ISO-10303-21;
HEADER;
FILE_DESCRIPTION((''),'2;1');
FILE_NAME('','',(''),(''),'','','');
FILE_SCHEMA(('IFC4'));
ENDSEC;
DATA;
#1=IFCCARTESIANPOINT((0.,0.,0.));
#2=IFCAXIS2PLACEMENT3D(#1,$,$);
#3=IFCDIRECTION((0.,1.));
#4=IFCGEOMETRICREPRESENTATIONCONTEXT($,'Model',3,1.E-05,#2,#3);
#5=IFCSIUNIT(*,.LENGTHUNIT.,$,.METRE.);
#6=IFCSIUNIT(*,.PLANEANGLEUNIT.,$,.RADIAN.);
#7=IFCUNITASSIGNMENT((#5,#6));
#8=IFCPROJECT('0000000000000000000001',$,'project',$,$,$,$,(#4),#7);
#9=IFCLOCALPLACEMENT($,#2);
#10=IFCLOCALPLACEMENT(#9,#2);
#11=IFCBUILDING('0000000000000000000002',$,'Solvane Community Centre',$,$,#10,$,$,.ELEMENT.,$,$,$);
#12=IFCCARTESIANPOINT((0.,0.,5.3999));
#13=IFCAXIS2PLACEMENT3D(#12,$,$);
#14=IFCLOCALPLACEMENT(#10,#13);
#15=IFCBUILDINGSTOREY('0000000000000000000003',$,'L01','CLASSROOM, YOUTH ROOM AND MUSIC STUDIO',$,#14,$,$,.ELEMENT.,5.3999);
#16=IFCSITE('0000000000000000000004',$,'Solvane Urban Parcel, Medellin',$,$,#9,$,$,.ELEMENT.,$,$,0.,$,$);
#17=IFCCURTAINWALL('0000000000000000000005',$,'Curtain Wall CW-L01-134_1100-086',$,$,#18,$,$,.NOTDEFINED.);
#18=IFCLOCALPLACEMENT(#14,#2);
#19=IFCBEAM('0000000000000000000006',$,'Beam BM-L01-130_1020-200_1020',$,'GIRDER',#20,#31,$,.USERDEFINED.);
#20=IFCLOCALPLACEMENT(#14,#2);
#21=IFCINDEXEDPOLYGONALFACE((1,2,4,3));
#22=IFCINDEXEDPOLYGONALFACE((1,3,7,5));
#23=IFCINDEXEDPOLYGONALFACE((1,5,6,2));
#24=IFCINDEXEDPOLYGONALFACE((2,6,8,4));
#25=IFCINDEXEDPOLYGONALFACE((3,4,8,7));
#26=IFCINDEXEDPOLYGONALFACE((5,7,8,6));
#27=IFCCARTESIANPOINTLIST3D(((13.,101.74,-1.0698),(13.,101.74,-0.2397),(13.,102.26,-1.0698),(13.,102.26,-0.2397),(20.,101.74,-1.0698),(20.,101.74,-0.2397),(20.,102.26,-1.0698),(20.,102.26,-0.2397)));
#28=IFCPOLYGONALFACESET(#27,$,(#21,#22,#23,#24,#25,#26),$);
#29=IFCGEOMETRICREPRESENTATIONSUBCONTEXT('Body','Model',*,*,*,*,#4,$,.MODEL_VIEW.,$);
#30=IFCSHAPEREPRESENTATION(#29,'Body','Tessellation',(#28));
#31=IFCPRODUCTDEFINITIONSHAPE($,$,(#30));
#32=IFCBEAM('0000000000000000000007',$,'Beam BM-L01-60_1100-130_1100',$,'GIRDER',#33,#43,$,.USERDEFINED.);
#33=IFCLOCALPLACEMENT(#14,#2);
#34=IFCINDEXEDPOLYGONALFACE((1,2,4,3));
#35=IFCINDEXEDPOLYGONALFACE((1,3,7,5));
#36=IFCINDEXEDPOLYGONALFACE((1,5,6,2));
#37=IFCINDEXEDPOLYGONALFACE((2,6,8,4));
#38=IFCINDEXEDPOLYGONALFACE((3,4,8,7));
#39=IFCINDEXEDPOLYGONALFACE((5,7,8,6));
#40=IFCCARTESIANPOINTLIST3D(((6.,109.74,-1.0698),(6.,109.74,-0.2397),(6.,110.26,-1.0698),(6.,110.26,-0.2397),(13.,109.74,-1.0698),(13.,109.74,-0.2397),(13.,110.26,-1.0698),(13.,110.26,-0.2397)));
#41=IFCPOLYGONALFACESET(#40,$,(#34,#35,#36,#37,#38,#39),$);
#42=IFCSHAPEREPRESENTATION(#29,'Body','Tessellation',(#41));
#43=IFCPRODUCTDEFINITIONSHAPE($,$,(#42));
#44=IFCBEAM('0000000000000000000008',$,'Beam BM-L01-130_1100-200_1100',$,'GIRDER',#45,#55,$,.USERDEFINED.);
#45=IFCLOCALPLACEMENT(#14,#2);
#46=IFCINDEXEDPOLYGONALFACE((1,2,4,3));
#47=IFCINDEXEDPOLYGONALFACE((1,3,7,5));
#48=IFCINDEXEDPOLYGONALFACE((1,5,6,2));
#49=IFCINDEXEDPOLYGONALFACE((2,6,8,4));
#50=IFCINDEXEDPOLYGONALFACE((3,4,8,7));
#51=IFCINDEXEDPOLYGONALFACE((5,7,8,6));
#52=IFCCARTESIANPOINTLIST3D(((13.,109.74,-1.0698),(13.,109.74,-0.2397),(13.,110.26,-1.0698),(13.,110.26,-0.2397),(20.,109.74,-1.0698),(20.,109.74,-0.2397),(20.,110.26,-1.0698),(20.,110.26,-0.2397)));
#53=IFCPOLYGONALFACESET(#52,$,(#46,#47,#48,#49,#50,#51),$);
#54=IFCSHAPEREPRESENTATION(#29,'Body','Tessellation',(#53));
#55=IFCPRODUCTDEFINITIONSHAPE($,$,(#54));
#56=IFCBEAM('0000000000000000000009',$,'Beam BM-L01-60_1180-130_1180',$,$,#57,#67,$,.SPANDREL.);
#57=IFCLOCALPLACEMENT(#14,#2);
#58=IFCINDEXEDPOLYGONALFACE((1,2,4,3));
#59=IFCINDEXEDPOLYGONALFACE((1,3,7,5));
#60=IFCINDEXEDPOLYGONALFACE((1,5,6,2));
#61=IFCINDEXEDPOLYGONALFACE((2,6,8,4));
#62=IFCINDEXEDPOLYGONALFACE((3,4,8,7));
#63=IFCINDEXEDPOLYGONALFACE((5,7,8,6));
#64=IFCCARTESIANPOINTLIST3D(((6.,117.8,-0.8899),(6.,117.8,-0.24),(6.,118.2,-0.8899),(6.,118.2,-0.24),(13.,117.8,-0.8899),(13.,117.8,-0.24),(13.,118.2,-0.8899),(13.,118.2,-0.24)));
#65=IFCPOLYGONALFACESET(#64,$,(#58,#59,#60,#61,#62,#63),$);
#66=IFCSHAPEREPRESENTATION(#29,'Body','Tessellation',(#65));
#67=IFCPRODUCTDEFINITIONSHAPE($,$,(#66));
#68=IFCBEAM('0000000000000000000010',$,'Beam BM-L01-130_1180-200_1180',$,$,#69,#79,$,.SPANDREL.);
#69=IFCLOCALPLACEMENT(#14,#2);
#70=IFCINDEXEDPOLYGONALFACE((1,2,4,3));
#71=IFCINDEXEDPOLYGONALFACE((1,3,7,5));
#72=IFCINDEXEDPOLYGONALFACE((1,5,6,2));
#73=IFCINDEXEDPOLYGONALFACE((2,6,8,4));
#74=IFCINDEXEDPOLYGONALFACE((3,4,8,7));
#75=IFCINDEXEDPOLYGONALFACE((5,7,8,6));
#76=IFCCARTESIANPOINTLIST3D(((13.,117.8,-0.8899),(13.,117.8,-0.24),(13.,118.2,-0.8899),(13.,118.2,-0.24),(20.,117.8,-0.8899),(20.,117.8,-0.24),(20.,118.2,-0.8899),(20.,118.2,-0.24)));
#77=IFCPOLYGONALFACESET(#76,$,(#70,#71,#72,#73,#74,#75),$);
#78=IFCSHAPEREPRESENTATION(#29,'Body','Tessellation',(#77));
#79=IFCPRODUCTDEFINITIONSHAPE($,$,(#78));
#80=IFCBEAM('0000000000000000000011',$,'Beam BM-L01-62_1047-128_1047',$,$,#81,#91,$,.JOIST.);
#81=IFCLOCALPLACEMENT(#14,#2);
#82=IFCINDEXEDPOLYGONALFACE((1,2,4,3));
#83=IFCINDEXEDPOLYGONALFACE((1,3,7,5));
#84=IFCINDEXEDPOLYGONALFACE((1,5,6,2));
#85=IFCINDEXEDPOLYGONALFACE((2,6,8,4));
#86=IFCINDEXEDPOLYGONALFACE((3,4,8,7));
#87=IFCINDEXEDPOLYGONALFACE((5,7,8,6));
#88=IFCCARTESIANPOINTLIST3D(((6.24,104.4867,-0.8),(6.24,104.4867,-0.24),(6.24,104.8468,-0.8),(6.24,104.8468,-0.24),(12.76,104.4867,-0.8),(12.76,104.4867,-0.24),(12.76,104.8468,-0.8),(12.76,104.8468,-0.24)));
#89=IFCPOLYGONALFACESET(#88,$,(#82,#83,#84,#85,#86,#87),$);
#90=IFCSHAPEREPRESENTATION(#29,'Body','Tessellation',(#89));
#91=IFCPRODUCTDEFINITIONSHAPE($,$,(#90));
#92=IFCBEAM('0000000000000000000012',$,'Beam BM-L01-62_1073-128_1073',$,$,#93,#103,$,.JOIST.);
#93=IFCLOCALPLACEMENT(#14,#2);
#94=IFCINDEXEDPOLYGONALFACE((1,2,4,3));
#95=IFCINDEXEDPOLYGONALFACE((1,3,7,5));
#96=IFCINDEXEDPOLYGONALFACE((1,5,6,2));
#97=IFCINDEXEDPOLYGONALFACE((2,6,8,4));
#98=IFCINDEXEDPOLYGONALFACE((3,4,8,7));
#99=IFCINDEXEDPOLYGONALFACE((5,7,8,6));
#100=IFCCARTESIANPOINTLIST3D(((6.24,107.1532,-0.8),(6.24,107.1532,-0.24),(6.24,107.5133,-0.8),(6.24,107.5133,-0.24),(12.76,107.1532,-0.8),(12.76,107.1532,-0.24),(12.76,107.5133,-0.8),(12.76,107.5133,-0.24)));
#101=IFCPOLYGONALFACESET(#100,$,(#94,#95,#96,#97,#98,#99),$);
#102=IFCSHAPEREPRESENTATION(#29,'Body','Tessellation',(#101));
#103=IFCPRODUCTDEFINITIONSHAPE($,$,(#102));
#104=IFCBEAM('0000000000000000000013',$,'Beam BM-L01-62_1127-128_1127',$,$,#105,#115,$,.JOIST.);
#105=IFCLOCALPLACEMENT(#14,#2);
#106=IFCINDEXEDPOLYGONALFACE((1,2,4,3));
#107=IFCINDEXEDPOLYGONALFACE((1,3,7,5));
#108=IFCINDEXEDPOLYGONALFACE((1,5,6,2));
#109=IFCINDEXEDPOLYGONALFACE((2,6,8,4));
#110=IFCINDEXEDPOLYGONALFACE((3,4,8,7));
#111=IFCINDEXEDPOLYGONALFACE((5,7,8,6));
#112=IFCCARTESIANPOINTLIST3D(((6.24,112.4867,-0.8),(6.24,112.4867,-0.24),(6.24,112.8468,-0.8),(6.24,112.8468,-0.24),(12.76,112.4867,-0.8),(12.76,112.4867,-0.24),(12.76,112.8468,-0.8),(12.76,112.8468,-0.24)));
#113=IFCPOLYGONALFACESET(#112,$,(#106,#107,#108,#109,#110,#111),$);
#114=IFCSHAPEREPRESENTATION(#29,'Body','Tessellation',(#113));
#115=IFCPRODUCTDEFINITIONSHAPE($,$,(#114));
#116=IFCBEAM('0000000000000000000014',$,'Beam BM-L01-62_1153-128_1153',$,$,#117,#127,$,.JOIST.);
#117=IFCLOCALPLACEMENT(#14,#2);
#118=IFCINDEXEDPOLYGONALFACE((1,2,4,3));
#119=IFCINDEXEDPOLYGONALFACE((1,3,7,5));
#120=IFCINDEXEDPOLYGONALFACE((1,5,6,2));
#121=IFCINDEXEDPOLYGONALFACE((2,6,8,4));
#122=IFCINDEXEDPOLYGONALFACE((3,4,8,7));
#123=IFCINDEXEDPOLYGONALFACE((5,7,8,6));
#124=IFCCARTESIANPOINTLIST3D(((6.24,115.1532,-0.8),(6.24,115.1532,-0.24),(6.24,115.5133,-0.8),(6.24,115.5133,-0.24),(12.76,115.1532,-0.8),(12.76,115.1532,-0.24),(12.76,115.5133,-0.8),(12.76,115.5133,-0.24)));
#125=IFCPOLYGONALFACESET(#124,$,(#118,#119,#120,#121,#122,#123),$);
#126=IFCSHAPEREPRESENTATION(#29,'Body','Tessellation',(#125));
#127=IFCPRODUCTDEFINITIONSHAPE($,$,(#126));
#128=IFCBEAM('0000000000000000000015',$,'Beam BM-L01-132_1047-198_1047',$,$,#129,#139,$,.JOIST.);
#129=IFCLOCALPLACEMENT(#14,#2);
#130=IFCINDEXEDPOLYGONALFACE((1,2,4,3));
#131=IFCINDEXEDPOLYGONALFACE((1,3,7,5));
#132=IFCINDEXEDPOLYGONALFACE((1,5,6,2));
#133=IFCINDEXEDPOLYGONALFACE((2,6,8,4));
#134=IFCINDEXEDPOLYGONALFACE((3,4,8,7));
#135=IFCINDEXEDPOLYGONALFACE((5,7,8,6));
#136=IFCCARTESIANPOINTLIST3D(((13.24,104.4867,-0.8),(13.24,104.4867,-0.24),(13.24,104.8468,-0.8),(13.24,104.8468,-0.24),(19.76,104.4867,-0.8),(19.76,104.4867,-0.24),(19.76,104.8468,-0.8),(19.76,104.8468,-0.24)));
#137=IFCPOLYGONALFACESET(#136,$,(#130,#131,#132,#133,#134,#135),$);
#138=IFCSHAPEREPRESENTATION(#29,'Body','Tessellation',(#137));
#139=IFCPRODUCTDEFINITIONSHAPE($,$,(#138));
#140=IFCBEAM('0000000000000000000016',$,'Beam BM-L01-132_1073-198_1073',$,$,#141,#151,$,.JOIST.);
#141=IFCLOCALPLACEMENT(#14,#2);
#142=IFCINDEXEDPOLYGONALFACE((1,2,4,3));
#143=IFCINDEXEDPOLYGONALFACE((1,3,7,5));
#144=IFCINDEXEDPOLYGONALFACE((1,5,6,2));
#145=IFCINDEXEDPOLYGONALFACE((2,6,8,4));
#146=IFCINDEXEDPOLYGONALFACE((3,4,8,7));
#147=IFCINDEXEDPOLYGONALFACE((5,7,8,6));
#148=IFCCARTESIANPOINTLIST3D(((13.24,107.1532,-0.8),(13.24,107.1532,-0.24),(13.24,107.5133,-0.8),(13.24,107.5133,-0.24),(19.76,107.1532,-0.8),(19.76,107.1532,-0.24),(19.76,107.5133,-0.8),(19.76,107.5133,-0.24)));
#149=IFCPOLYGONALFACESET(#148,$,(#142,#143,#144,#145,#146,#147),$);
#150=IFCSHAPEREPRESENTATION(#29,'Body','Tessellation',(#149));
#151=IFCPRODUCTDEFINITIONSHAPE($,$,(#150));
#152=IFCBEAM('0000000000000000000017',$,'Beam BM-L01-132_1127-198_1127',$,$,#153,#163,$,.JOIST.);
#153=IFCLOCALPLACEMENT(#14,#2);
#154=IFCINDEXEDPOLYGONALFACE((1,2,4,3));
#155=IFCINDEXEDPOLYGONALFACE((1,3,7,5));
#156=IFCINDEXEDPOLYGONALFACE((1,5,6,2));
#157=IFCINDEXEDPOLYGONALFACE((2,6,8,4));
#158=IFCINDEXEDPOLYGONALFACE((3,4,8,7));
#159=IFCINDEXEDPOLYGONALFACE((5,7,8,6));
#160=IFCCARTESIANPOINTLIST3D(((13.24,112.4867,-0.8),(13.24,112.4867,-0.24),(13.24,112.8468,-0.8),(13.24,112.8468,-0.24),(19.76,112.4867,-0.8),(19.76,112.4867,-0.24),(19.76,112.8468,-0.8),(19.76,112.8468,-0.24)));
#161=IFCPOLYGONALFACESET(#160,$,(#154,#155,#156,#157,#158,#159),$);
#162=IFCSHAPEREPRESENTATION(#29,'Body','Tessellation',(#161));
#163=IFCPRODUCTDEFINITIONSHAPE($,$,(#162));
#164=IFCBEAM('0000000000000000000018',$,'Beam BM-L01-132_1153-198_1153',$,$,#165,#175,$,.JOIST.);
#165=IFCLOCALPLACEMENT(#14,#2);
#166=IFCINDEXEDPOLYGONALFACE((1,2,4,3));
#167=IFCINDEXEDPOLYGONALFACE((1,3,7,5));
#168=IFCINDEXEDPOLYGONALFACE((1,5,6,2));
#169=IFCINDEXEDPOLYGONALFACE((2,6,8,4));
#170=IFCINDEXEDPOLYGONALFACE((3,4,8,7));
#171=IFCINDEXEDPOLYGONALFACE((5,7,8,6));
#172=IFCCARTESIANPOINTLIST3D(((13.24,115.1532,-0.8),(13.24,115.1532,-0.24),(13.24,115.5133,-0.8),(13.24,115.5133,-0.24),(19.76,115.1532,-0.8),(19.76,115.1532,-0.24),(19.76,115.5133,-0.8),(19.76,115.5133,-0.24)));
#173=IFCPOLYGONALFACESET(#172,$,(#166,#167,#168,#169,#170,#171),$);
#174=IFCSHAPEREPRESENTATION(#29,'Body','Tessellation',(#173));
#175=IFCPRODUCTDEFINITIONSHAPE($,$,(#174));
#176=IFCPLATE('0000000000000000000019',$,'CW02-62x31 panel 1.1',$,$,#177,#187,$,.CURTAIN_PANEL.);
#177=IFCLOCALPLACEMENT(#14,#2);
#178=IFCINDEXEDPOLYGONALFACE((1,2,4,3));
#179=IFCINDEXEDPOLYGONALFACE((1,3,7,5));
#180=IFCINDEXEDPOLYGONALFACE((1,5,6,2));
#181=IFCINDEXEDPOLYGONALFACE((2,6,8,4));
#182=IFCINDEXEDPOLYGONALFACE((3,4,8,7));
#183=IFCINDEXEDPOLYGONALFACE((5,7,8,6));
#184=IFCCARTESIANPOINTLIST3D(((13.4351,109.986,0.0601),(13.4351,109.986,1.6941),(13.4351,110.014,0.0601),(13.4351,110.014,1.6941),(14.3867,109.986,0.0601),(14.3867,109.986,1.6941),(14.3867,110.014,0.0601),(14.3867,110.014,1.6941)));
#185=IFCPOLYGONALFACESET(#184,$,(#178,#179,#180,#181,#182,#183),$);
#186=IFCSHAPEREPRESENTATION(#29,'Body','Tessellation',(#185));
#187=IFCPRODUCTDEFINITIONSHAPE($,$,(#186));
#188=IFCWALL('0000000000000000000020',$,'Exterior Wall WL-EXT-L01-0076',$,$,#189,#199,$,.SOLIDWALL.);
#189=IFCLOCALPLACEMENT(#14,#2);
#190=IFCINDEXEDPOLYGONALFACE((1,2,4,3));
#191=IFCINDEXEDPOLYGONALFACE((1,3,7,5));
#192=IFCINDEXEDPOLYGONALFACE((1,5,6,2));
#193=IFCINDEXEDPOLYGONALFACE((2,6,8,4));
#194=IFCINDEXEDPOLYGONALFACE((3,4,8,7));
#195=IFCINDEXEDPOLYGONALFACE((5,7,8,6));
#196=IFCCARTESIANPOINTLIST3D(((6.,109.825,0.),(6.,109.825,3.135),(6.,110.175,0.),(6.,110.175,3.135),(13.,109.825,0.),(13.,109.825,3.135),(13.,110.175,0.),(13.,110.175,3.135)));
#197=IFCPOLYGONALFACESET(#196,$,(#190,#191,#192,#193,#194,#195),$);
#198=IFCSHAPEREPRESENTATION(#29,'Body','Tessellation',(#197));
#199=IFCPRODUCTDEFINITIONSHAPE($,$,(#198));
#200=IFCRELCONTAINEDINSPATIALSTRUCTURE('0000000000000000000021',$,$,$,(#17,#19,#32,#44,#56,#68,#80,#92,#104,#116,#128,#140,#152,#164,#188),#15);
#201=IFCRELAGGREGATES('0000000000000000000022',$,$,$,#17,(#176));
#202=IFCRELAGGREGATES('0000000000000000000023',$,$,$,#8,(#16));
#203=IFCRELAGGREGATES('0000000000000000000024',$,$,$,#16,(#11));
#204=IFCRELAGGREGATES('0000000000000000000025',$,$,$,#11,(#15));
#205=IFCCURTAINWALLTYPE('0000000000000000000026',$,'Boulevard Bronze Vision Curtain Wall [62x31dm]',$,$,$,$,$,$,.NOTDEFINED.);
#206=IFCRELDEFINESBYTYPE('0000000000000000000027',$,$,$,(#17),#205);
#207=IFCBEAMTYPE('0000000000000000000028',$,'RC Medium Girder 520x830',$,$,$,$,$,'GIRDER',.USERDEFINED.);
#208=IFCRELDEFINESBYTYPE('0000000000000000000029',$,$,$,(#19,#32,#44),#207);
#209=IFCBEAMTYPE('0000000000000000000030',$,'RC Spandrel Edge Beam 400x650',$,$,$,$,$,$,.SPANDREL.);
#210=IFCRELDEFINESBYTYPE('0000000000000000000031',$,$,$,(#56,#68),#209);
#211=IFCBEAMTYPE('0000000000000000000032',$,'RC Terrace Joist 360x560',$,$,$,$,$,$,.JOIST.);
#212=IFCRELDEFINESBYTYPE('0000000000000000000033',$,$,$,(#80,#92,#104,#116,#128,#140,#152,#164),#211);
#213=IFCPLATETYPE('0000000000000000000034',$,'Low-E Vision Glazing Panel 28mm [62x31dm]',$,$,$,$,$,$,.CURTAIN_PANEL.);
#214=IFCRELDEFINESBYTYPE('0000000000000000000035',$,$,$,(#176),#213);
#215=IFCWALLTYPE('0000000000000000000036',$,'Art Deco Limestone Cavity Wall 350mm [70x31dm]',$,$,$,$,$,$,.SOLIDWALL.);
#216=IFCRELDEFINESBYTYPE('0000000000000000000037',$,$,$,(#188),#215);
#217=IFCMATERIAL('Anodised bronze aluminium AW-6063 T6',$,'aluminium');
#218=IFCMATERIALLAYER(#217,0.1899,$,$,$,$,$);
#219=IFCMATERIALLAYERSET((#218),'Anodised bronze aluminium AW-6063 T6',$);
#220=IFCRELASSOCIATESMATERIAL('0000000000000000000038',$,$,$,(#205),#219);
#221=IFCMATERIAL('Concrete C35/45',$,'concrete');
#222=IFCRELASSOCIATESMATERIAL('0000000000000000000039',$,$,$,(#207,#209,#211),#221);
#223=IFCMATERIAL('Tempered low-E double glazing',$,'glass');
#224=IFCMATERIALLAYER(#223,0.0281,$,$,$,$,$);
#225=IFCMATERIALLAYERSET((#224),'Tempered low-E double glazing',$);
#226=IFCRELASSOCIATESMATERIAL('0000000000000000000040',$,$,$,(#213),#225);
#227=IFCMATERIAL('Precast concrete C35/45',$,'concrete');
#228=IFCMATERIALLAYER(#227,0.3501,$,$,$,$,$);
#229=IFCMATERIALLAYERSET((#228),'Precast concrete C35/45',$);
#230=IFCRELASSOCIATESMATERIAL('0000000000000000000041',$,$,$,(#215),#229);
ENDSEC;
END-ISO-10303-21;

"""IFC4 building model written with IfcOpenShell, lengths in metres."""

from ifc_helpers import new_model, si_unit, direction, frame, frame_2d, origin, origin_2d, place, context, subcontext, project, spatial, rectangle, extrude, material, layer, layer_set, material_profile, profile_set, type_object, element, aggregate, save


model = new_model("IFC4")

# Units and contexts
model_context = context("Model", 3, precision=1e-05, world=origin(), true_north=direction((0.0, 1.0)))
body_context = subcontext(model_context, "Body", "Model", "MODEL_VIEW")
ifc_project = project(units=[si_unit("LENGTHUNIT", "METRE"), si_unit("PLANEANGLEUNIT", "RADIAN")], contexts=[model_context])

# Site, building, storey
site_placement = place(None, origin())
site = spatial("IfcSite", under=ifc_project, at=site_placement, Name="Solvane Urban Parcel, Medellin", CompositionType="ELEMENT", RefElevation=0.0)
building_placement = place(site_placement, origin())
building = spatial("IfcBuilding", under=site, at=building_placement, Name="Solvane Community Centre", CompositionType="ELEMENT")
storey_placement = place(building_placement, frame((0.0, 0.0, 5.3999)))
storey = spatial("IfcBuildingStorey", under=building, at=storey_placement, Name="L01", Description="CLASSROOM, YOUTH ROOM AND MUSIC STUDIO", CompositionType="ELEMENT", Elevation=5.3999)

# Shared definitions
ifc_material_1 = material(Name="Precast concrete C35/45", Category="concrete")
ifc_material_2 = material(Name="Concrete C35/45", Category="concrete")

# Curtain wall
ifc_material_3 = material(Name="Anodised bronze aluminium AW-6063 T6", Category="aluminium")
ifc_layer_1 = layer(ifc_material_3, 0.1899)
ifc_layer_set_1 = layer_set([ifc_layer_1], Name="Anodised bronze aluminium AW-6063 T6")
curtain_wall_type = type_object("IfcCurtainWallType", Name="Boulevard Bronze Vision Curtain Wall [62x31dm]", PredefinedType="NOTDEFINED", material=ifc_layer_set_1)
curtain_wall_placement = place(storey_placement, origin())
curtain_wall = element("IfcCurtainWall", 1, at=curtain_wall_placement, inside=storey, type_object=curtain_wall_type, Name="Curtain Wall CW-L01-134_1100-086", PredefinedType="NOTDEFINED")

# Beams
ifc_material_profile_1 = material_profile(ifc_material_2, rectangle(XDim=0.52, YDim=0.8301, at=origin_2d()), Name="RC 520x830")
ifc_profile_set_1 = profile_set([ifc_material_profile_1], Name="Concrete C35/45")
beam_type_1 = type_object("IfcBeamType", Name="RC Medium Girder 520x830", ElementType="GIRDER", PredefinedType="USERDEFINED", material=ifc_profile_set_1)
for number, where, z_axis, x_axis, name in (
    (2, (13.0, 102.0, -0.6548), (1.0, 0.0, 0.0), (0.0, 1.0, 0.0), "Beam BM-L01-130_1020-200_1020"),
    (3, (6.0, 110.0, -0.6548), (1.0, 0.0, 0.0), (0.0, 1.0, 0.0), "Beam BM-L01-60_1100-130_1100"),
    (4, (13.0, 110.0, -0.6548), (1.0, 0.0, 0.0), (0.0, 1.0, 0.0), "Beam BM-L01-130_1100-200_1100"),
):
    element("IfcBeam", number, at=place(storey_placement, frame(where, z_axis=z_axis, x_axis=x_axis)), inside=storey, type_object=beam_type_1, Name=name, ObjectType="GIRDER", PredefinedType="USERDEFINED", context=body_context, shape_type="SweptSolid", body=[
        extrude(rectangle(XDim=0.52, YDim=0.8301, at=origin_2d()), origin(), (0.0, 0.0, 1.0), 7.0),
    ])
ifc_material_profile_2 = material_profile(ifc_material_2, rectangle(XDim=0.3999, YDim=0.6499, at=origin_2d()), Name="RC 400x650")
ifc_profile_set_2 = profile_set([ifc_material_profile_2], Name="Concrete C35/45")
beam_type_2 = type_object("IfcBeamType", Name="RC Spandrel Edge Beam 400x650", PredefinedType="SPANDREL", material=ifc_profile_set_2)
for number, where, z_axis, x_axis, name in (
    (5, (6.0, 118.0, -0.5649), (1.0, 0.0, 0.0), (0.0, 1.0, 0.0), "Beam BM-L01-60_1180-130_1180"),
    (6, (13.0, 118.0, -0.5649), (1.0, 0.0, 0.0), (0.0, 1.0, 0.0), "Beam BM-L01-130_1180-200_1180"),
):
    element("IfcBeam", number, at=place(storey_placement, frame(where, z_axis=z_axis, x_axis=x_axis)), inside=storey, type_object=beam_type_2, Name=name, PredefinedType="SPANDREL", context=body_context, shape_type="SweptSolid", body=[
        extrude(rectangle(XDim=0.3999, YDim=0.6499, at=origin_2d()), origin(), (0.0, 0.0, 1.0), 7.0),
    ])
ifc_material_profile_3 = material_profile(ifc_material_2, rectangle(XDim=0.3601, YDim=0.5601, at=origin_2d()), Name="RC 360x560")
ifc_profile_set_3 = profile_set([ifc_material_profile_3], Name="Concrete C35/45")
beam_type_3 = type_object("IfcBeamType", Name="RC Terrace Joist 360x560", PredefinedType="JOIST", material=ifc_profile_set_3)
for number, where, z_axis, x_axis, name in (
    (7, (6.24, 104.6667, -0.52), (1.0, 0.0, 0.0), (0.0, 1.0, 0.0), "Beam BM-L01-62_1047-128_1047"),
    (8, (6.24, 107.3333, -0.52), (1.0, 0.0, 0.0), (0.0, 1.0, 0.0), "Beam BM-L01-62_1073-128_1073"),
    (9, (6.24, 112.6667, -0.52), (1.0, 0.0, 0.0), (0.0, 1.0, 0.0), "Beam BM-L01-62_1127-128_1127"),
    (10, (6.24, 115.3333, -0.52), (1.0, 0.0, 0.0), (0.0, 1.0, 0.0), "Beam BM-L01-62_1153-128_1153"),
    (11, (13.24, 104.6667, -0.52), (1.0, 0.0, 0.0), (0.0, 1.0, 0.0), "Beam BM-L01-132_1047-198_1047"),
    (12, (13.24, 107.3333, -0.52), (1.0, 0.0, 0.0), (0.0, 1.0, 0.0), "Beam BM-L01-132_1073-198_1073"),
    (13, (13.24, 112.6667, -0.52), (1.0, 0.0, 0.0), (0.0, 1.0, 0.0), "Beam BM-L01-132_1127-198_1127"),
    (14, (13.24, 115.3333, -0.52), (1.0, 0.0, 0.0), (0.0, 1.0, 0.0), "Beam BM-L01-132_1153-198_1153"),
):
    element("IfcBeam", number, at=place(storey_placement, frame(where, z_axis=z_axis, x_axis=x_axis)), inside=storey, type_object=beam_type_3, Name=name, PredefinedType="JOIST", context=body_context, shape_type="SweptSolid", body=[
        extrude(rectangle(XDim=0.3601, YDim=0.5601, at=origin_2d()), origin(), (0.0, 0.0, 1.0), 6.52),
    ])

# Plate
ifc_material_4 = material(Name="Tempered low-E double glazing", Category="glass")
ifc_layer_2 = layer(ifc_material_4, 0.0281)
ifc_layer_set_2 = layer_set([ifc_layer_2], Name="Tempered low-E double glazing")
plate_type = type_object("IfcPlateType", Name="Low-E Vision Glazing Panel 28mm [62x31dm]", PredefinedType="CURTAIN_PANEL", material=ifc_layer_set_2)
plate_placement = place(storey_placement, frame((13.9109, 110.0, 0.0601), z_axis=(0.0, 0.0, 1.0), x_axis=(1.0, 0.0, 0.0)))
plate = element("IfcPlate", 15, at=plate_placement, type_object=plate_type, Name="CW02-62x31 panel 1.1", PredefinedType="CURTAIN_PANEL", context=body_context, shape_type="SweptSolid", body=[
    extrude(rectangle(XDim=0.9517, YDim=0.0281, at=origin_2d()), origin(), (0.0, 0.0, 1.0), 1.634),
])
aggregate(curtain_wall, [plate])

# Wall
ifc_layer_3 = layer(ifc_material_1, 0.3501)
ifc_layer_set_3 = layer_set([ifc_layer_3], Name="Precast concrete C35/45")
wall_type = type_object("IfcWallType", Name="Art Deco Limestone Cavity Wall 350mm [70x31dm]", PredefinedType="SOLIDWALL", material=ifc_layer_set_3)
wall_placement = place(storey_placement, frame((6.0, 110.0, 0.0), z_axis=(0.0, 0.0, 1.0), x_axis=(1.0, 0.0, 0.0)))
element("IfcWall", 16, at=wall_placement, inside=storey, type_object=wall_type, Name="Exterior Wall WL-EXT-L01-0076", PredefinedType="SOLIDWALL", context=body_context, shape_type="SweptSolid", body=[
    extrude(rectangle(XDim=7.0, YDim=0.3501, at=frame_2d((3.5, 0.0))), origin(), (0.0, 0.0, 1.0), 3.135),
])

save(model, "model.ifc")
